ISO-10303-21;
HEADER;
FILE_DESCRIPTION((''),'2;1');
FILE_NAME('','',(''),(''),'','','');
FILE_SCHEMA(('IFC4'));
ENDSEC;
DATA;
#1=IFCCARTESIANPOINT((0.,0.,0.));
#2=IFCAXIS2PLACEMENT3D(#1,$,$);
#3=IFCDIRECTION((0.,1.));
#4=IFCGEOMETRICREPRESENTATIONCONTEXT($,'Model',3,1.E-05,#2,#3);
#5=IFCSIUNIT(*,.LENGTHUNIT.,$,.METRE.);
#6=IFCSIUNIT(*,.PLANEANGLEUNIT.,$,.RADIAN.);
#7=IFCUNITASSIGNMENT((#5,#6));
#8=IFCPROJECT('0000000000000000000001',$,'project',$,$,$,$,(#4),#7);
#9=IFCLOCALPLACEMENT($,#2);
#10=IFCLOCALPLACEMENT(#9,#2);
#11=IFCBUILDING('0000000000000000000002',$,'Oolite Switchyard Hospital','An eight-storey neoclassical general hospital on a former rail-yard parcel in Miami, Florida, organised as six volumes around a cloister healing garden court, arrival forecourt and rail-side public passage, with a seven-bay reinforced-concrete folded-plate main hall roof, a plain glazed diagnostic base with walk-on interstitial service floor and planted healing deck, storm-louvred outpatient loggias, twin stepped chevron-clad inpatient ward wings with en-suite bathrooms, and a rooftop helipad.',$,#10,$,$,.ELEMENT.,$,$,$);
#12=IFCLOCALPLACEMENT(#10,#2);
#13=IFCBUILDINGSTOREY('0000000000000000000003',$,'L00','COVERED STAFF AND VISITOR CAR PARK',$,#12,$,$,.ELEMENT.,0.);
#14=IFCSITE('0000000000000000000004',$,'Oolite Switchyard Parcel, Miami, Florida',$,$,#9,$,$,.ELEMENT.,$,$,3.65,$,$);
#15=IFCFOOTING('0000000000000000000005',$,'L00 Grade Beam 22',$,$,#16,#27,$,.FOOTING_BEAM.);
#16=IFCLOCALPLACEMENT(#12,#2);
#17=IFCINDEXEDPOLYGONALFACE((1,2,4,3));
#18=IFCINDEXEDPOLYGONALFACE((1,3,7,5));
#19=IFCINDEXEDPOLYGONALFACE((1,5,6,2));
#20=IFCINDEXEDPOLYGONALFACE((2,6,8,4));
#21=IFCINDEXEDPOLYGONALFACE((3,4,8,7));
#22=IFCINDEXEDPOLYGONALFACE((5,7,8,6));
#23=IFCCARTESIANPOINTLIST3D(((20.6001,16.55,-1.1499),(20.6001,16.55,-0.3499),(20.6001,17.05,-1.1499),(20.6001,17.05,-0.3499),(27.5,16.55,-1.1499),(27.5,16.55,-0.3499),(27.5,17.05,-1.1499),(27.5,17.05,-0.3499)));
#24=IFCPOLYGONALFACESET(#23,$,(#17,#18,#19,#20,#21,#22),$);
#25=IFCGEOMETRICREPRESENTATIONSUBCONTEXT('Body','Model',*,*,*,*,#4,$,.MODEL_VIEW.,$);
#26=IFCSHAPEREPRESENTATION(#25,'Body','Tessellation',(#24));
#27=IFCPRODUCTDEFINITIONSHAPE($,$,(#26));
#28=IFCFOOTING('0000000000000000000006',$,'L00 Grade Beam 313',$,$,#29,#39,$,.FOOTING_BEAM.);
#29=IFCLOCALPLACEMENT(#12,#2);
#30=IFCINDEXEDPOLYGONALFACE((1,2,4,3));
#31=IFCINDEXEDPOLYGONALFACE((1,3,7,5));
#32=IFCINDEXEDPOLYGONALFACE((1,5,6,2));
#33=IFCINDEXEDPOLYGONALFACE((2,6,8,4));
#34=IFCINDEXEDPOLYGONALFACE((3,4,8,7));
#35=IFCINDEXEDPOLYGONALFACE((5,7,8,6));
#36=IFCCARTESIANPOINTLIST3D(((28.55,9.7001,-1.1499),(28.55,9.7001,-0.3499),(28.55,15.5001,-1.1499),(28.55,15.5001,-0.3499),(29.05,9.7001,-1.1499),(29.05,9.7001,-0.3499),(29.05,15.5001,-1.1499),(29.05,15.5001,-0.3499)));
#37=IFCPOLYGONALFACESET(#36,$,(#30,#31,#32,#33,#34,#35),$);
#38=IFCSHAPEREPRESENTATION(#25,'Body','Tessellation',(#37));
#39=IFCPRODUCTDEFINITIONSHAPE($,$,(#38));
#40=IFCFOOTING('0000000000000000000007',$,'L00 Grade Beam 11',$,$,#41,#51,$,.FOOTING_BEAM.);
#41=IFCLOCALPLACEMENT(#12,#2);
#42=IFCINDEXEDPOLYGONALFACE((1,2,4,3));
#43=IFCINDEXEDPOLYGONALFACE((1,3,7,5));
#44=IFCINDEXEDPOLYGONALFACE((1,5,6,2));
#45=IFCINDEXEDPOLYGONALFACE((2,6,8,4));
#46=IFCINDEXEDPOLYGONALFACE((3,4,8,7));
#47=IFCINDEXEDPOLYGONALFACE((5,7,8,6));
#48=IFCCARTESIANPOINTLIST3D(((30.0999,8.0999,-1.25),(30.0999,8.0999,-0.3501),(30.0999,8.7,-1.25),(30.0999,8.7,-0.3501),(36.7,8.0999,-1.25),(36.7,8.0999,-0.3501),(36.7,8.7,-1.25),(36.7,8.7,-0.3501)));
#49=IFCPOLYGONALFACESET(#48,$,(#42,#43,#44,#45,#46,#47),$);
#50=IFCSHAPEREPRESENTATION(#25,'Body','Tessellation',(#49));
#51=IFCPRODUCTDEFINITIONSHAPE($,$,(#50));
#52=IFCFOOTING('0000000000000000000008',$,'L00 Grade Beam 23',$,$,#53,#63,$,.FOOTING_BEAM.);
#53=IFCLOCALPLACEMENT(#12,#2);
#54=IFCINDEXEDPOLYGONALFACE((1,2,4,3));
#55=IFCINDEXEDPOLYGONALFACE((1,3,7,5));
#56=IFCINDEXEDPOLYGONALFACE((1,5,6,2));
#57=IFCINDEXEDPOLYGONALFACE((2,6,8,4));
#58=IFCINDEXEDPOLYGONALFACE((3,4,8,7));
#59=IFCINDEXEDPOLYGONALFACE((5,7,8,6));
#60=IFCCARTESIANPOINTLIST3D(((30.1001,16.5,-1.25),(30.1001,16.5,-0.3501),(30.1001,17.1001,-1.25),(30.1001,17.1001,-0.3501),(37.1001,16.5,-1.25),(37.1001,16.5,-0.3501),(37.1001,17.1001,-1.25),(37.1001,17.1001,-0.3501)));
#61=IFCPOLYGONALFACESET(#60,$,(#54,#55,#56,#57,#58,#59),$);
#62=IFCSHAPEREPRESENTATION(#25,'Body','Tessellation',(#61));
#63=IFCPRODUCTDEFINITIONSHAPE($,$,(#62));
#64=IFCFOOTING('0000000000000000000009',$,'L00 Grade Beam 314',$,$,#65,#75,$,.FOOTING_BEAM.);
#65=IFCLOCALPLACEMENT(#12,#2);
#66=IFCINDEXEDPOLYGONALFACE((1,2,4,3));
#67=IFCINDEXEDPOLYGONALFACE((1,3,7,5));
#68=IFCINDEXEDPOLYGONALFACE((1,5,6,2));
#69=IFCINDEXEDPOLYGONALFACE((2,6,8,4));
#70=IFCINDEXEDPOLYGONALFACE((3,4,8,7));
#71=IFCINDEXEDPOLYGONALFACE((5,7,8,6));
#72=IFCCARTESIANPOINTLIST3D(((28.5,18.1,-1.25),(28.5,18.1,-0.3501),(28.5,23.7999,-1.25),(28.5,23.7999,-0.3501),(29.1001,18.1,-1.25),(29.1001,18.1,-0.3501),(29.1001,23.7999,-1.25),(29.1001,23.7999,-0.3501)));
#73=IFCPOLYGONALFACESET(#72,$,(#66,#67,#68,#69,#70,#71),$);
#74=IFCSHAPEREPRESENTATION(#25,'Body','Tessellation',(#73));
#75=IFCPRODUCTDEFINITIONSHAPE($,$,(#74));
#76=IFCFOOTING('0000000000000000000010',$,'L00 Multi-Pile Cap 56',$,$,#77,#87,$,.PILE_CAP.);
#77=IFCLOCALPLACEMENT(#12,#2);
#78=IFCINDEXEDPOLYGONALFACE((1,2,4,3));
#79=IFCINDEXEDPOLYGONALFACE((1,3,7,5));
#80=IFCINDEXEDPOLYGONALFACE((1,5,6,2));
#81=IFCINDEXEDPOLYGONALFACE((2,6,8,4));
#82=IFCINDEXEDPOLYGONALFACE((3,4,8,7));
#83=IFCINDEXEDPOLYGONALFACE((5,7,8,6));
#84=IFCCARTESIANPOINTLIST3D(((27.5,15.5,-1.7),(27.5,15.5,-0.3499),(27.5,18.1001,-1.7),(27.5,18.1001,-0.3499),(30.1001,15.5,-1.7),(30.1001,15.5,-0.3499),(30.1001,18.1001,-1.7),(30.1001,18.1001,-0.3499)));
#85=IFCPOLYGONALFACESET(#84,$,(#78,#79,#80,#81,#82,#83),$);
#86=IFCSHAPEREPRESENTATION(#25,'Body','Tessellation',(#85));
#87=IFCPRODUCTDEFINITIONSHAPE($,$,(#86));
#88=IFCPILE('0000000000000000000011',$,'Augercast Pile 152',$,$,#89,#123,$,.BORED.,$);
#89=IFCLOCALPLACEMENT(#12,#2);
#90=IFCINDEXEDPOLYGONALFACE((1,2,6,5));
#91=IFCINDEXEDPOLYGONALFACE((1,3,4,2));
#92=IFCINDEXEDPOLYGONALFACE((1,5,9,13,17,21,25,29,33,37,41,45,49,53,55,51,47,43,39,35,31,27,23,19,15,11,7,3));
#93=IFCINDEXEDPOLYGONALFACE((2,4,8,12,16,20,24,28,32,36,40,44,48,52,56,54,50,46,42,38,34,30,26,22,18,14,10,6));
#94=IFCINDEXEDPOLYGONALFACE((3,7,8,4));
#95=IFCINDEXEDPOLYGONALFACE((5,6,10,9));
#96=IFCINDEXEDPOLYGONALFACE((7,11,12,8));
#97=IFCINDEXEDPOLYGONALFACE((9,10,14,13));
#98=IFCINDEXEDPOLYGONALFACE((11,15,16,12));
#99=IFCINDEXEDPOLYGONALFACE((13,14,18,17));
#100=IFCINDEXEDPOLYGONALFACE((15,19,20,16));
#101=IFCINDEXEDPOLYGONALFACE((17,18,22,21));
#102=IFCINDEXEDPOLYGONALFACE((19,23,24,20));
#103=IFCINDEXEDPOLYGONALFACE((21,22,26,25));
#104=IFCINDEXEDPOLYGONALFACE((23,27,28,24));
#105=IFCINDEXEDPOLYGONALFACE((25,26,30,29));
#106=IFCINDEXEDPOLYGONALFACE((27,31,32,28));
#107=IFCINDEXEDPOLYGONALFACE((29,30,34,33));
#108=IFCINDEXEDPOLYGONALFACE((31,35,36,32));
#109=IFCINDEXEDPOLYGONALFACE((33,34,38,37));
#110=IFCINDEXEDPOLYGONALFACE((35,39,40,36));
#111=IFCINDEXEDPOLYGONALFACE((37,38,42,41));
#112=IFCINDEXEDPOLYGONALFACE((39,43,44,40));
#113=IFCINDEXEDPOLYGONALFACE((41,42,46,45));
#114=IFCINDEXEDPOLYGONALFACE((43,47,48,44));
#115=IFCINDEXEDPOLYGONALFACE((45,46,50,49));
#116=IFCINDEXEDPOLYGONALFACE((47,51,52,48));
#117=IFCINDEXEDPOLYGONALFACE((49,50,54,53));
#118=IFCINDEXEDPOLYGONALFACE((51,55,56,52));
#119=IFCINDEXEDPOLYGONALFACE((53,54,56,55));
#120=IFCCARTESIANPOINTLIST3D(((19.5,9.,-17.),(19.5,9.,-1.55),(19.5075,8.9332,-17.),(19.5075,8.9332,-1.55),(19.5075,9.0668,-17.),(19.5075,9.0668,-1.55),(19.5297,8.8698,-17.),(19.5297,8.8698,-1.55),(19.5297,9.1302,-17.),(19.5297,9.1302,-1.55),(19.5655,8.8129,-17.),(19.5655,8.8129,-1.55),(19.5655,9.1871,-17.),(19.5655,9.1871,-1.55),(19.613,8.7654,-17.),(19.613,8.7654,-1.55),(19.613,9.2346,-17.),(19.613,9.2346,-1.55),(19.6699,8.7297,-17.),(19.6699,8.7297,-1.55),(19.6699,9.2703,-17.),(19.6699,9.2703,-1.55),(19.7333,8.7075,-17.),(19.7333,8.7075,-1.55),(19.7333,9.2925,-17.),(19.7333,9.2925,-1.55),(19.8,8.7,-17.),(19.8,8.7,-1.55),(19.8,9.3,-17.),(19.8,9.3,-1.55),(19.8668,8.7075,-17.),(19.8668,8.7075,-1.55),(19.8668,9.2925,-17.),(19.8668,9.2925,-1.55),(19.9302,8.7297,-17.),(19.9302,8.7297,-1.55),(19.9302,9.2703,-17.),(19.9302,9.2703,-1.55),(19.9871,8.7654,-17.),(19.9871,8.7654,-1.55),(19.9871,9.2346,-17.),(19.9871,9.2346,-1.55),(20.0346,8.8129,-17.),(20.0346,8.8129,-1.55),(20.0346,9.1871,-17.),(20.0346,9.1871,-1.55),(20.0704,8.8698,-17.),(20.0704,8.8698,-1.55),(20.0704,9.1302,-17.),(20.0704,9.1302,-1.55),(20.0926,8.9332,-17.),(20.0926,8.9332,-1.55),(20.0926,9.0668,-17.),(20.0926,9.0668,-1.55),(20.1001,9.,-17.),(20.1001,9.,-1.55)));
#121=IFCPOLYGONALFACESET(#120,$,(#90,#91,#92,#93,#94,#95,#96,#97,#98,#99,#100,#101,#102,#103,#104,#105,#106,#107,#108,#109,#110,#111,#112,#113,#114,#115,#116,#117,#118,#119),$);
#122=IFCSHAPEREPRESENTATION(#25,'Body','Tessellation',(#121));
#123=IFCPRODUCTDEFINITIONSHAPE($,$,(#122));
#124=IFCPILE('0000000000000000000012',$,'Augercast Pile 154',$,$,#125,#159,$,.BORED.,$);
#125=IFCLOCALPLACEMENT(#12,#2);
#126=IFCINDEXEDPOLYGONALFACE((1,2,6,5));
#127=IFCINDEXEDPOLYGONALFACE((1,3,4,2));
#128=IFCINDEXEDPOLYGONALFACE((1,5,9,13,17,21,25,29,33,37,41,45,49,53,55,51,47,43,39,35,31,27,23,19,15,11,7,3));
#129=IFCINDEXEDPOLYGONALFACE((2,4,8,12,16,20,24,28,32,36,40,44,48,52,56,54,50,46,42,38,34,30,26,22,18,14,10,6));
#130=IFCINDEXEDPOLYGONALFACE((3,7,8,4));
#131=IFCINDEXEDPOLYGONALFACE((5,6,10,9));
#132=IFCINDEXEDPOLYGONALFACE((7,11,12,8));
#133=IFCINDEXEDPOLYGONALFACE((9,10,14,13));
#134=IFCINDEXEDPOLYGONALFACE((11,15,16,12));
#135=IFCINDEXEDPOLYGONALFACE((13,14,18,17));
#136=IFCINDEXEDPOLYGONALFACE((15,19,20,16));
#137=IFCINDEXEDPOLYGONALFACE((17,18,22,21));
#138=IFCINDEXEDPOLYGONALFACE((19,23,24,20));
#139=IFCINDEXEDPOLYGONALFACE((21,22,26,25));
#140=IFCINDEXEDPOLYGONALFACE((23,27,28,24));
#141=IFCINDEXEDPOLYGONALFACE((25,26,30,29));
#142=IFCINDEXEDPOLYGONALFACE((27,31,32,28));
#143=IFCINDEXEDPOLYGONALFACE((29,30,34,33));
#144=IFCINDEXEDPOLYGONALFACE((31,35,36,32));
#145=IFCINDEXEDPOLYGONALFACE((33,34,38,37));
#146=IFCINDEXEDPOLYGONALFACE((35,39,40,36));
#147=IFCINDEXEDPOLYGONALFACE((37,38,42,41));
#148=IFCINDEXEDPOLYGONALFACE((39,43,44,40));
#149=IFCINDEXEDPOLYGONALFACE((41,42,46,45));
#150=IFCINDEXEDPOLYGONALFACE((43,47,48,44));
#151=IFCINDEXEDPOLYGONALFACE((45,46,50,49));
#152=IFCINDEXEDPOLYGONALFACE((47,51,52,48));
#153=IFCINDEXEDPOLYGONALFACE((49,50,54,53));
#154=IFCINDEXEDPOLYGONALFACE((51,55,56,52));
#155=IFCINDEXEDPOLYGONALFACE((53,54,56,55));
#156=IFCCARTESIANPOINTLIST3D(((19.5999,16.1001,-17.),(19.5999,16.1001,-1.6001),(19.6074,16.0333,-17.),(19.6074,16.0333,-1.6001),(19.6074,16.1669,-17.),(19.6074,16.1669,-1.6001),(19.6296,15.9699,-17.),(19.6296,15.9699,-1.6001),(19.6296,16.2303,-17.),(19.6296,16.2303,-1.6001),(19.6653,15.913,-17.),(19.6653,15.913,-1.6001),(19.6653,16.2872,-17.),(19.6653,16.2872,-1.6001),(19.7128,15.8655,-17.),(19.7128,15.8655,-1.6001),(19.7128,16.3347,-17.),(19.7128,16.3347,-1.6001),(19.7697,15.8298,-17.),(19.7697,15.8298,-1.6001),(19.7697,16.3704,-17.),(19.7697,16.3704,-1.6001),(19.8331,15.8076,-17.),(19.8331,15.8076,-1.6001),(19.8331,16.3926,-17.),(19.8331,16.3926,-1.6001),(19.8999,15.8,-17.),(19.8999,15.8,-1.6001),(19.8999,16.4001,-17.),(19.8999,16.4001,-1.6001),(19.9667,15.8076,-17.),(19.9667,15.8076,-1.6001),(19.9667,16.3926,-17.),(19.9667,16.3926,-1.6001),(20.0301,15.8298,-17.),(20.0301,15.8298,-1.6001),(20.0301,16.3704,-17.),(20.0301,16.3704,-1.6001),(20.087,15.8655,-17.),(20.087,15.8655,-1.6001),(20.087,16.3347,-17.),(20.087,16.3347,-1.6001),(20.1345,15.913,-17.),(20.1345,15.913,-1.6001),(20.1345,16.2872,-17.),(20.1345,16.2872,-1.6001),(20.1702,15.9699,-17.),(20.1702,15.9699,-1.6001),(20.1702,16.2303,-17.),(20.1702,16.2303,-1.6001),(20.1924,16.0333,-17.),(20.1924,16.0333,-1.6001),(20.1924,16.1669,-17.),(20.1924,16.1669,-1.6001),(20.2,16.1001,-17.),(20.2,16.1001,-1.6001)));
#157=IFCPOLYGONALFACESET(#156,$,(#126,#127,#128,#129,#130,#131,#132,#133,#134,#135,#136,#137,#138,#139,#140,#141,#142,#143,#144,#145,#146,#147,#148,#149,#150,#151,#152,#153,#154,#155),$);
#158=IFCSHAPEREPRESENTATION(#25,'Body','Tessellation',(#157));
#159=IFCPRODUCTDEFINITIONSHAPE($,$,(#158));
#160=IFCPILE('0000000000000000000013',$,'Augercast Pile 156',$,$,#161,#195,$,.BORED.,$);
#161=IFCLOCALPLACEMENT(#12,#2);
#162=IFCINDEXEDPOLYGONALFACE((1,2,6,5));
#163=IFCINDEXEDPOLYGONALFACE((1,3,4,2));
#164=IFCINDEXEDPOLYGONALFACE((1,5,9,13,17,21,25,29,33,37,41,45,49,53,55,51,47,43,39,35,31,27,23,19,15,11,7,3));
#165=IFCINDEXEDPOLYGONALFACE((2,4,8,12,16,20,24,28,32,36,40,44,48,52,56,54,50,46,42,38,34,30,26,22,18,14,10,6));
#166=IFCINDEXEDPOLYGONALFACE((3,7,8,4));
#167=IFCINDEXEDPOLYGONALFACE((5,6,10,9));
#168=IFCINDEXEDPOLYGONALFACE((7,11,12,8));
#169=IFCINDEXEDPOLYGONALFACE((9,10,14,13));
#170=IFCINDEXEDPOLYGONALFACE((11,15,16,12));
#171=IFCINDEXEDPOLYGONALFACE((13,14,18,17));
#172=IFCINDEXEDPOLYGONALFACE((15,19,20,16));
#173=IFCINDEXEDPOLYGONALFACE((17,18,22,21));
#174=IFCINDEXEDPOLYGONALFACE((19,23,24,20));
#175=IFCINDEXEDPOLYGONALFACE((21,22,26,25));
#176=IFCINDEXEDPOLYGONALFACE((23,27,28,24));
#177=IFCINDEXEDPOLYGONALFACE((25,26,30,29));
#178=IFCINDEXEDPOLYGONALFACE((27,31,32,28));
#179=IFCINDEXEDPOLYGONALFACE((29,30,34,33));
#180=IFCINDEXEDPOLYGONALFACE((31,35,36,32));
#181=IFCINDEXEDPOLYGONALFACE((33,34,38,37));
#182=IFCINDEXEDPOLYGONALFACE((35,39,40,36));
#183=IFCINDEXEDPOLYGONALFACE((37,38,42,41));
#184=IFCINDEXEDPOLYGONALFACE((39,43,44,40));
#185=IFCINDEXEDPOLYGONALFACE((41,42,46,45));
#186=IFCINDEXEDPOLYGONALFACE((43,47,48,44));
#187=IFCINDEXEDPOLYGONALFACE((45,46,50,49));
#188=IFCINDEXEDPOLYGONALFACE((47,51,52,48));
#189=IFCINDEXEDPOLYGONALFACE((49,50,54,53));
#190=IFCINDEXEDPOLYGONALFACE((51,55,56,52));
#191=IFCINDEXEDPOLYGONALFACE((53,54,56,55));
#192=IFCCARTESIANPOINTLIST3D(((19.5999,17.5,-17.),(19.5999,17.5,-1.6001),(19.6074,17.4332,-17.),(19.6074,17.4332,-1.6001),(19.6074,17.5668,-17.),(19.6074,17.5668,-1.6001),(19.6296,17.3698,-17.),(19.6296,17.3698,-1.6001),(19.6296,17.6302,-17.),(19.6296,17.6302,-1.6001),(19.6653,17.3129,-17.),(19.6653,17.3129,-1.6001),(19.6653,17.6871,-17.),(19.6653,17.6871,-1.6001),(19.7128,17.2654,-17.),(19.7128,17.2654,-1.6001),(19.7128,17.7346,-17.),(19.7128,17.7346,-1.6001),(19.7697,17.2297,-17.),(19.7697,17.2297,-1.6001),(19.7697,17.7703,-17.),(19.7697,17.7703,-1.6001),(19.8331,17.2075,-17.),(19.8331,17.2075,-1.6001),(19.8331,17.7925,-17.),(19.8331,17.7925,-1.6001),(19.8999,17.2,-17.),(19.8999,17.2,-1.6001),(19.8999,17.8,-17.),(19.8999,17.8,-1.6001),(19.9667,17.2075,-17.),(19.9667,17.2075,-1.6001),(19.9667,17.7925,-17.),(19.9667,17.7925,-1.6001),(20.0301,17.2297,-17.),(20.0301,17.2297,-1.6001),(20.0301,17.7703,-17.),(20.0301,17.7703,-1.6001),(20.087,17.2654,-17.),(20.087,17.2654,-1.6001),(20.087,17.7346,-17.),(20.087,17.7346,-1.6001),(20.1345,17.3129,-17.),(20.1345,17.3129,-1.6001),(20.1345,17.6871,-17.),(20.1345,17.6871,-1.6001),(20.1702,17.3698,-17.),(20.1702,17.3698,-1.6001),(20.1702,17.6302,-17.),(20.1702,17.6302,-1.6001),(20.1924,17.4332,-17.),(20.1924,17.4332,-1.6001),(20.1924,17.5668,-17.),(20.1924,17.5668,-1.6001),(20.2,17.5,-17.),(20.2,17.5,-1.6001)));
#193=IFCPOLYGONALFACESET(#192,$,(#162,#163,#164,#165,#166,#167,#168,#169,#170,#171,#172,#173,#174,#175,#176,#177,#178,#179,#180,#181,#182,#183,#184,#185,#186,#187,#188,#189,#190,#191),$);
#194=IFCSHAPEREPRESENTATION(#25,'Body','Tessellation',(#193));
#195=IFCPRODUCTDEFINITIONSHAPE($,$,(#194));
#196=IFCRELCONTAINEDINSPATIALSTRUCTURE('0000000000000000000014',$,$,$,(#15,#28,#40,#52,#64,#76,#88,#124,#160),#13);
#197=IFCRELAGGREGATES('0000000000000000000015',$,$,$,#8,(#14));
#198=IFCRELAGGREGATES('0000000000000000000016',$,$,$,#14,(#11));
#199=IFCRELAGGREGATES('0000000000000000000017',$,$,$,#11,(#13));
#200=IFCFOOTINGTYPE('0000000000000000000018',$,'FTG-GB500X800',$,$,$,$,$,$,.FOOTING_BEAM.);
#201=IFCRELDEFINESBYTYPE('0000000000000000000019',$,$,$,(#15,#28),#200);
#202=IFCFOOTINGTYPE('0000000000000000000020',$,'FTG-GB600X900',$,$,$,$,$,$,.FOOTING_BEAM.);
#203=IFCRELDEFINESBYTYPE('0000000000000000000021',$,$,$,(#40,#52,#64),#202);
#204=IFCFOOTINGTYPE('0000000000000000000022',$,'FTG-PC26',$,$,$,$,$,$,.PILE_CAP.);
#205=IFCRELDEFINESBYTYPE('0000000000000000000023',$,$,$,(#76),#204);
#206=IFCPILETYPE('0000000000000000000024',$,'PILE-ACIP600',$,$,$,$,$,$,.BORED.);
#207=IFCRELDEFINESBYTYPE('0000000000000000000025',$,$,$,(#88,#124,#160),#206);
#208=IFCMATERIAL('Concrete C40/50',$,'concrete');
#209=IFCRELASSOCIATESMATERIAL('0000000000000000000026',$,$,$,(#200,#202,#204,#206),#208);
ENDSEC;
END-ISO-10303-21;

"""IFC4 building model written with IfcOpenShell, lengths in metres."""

from ifc_helpers import new_model, si_unit, direction, frame, origin, origin_2d, place, context, subcontext, project, spatial, rectangle, circle, extrude, material, material_profile, profile_set, type_object, element, save


model = new_model("IFC4")

# Units and contexts
model_context = context("Model", 3, precision=1e-05, world=origin(), true_north=direction((0.0, 1.0)))
body_context = subcontext(model_context, "Body", "Model", "MODEL_VIEW")
ifc_project = project(units=[si_unit("LENGTHUNIT", "METRE"), si_unit("PLANEANGLEUNIT", "RADIAN")], contexts=[model_context])

# Site, building, storey
site_placement = place(None, origin())
site = spatial("IfcSite", under=ifc_project, at=site_placement, Name="Oolite Switchyard Parcel, Miami, Florida", CompositionType="ELEMENT", RefElevation=3.65)
building_placement = place(site_placement, origin())
building = spatial("IfcBuilding", under=site, at=building_placement, Name="Oolite Switchyard Hospital", Description="An eight-storey neoclassical general hospital on a former rail-yard parcel in Miami, Florida, organised as six volumes around a cloister healing garden court, arrival forecourt and rail-side public passage, with a seven-bay reinforced-concrete folded-plate main hall roof, a plain glazed diagnostic base with walk-on interstitial service floor and planted healing deck, storm-louvred outpatient loggias, twin stepped chevron-clad inpatient ward wings with en-suite bathrooms, and a rooftop helipad.", CompositionType="ELEMENT")
storey_placement = place(building_placement, origin())
storey = spatial("IfcBuildingStorey", under=building, at=storey_placement, Name="L00", Description="COVERED STAFF AND VISITOR CAR PARK", CompositionType="ELEMENT", Elevation=0.0)

# Footings
ifc_material_1 = material(Name="Concrete C40/50", Category="concrete")
footing_type_1 = type_object("IfcFootingType", Name="FTG-GB500X800", PredefinedType="FOOTING_BEAM", material=ifc_material_1)
footing_1_placement = place(storey_placement, frame((24.05, 16.8, -1.1499), z_axis=(0.0, 0.0, 1.0), x_axis=(1.0, 0.0, 0.0)))
element("IfcFooting", 1, at=footing_1_placement, inside=storey, type_object=footing_type_1, Name="L00 Grade Beam 22", PredefinedType="FOOTING_BEAM", context=body_context, shape_type="SweptSolid", body=[
    extrude(rectangle(XDim=6.8999, YDim=0.5, at=origin_2d()), origin(), (0.0, 0.0, 1.0), 0.8),
])
footing_2_placement = place(storey_placement, frame((28.8, 12.6001, -1.1499), z_axis=(0.0, 0.0, 1.0), x_axis=(0.0, 1.0, 0.0)))
element("IfcFooting", 2, at=footing_2_placement, inside=storey, type_object=footing_type_1, Name="L00 Grade Beam 313", PredefinedType="FOOTING_BEAM", context=body_context, shape_type="SweptSolid", body=[
    extrude(rectangle(XDim=5.8, YDim=0.5, at=origin_2d()), origin(), (0.0, 0.0, 1.0), 0.8),
])
footing_type_2 = type_object("IfcFootingType", Name="FTG-GB600X900", PredefinedType="FOOTING_BEAM", material=ifc_material_1)
footing_3_placement = place(storey_placement, frame((33.3999, 8.3999, -1.25), z_axis=(0.0, 0.0, 1.0), x_axis=(1.0, 0.0, 0.0)))
element("IfcFooting", 3, at=footing_3_placement, inside=storey, type_object=footing_type_2, Name="L00 Grade Beam 11", PredefinedType="FOOTING_BEAM", context=body_context, shape_type="SweptSolid", body=[
    extrude(rectangle(XDim=6.6001, YDim=0.6001, at=origin_2d()), origin(), (0.0, 0.0, 1.0), 0.8999),
])
footing_4_placement = place(storey_placement, frame((33.6001, 16.8, -1.25), z_axis=(0.0, 0.0, 1.0), x_axis=(1.0, 0.0, 0.0)))
element("IfcFooting", 4, at=footing_4_placement, inside=storey, type_object=footing_type_2, Name="L00 Grade Beam 23", PredefinedType="FOOTING_BEAM", context=body_context, shape_type="SweptSolid", body=[
    extrude(rectangle(XDim=7.0, YDim=0.6001, at=origin_2d()), origin(), (0.0, 0.0, 1.0), 0.8999),
])
footing_5_placement = place(storey_placement, frame((28.8, 20.95, -1.25), z_axis=(0.0, 0.0, 1.0), x_axis=(0.0, 1.0, 0.0)))
element("IfcFooting", 5, at=footing_5_placement, inside=storey, type_object=footing_type_2, Name="L00 Grade Beam 314", PredefinedType="FOOTING_BEAM", context=body_context, shape_type="SweptSolid", body=[
    extrude(rectangle(XDim=5.7, YDim=0.6001, at=origin_2d()), origin(), (0.0, 0.0, 1.0), 0.8999),
])
footing_type_3 = type_object("IfcFootingType", Name="FTG-PC26", PredefinedType="PILE_CAP", material=ifc_material_1)
footing_6_placement = place(storey_placement, frame((28.8, 16.8, -1.7), z_axis=(0.0, 0.0, 1.0), x_axis=(1.0, 0.0, 0.0)))
element("IfcFooting", 6, at=footing_6_placement, inside=storey, type_object=footing_type_3, Name="L00 Multi-Pile Cap 56", PredefinedType="PILE_CAP", context=body_context, shape_type="SweptSolid", body=[
    extrude(rectangle(XDim=2.6001, YDim=2.6001, at=origin_2d()), origin(), (0.0, 0.0, 1.0), 1.3501),
])

# Piles
ifc_material_profile_1 = material_profile(ifc_material_1, circle(Radius=0.3, at=origin_2d()), Name="PILE600")
ifc_profile_set_1 = profile_set([ifc_material_profile_1], Name="Concrete C40/50")
pile_type = type_object("IfcPileType", Name="PILE-ACIP600", PredefinedType="BORED", material=ifc_profile_set_1)
pile_1_placement = place(storey_placement, frame((19.8, 9.0, -1.55), z_axis=(0.0, 0.0, -1.0), x_axis=(1.0, 0.0, 0.0)))
element("IfcPile", 7, at=pile_1_placement, inside=storey, type_object=pile_type, Name="Augercast Pile 152", PredefinedType="BORED", context=body_context, shape_type="SweptSolid", body=[
    extrude(circle(Radius=0.3, at=origin_2d()), origin(), (0.0, 0.0, 1.0), 15.45),
])
for number, where, z_axis, x_axis, name in (
    (8, (19.8999, 16.1001, -1.6001), (0.0, 0.0, -1.0), (1.0, 0.0, 0.0), "Augercast Pile 154"),
    (9, (19.8999, 17.5, -1.6001), (0.0, 0.0, -1.0), (1.0, 0.0, 0.0), "Augercast Pile 156"),
):
    element("IfcPile", number, at=place(storey_placement, frame(where, z_axis=z_axis, x_axis=x_axis)), inside=storey, type_object=pile_type, Name=name, PredefinedType="BORED", context=body_context, shape_type="SweptSolid", body=[
        extrude(circle(Radius=0.3, at=origin_2d()), origin(), (0.0, 0.0, 1.0), 15.3999),
    ])

save(model, "model.ifc")
